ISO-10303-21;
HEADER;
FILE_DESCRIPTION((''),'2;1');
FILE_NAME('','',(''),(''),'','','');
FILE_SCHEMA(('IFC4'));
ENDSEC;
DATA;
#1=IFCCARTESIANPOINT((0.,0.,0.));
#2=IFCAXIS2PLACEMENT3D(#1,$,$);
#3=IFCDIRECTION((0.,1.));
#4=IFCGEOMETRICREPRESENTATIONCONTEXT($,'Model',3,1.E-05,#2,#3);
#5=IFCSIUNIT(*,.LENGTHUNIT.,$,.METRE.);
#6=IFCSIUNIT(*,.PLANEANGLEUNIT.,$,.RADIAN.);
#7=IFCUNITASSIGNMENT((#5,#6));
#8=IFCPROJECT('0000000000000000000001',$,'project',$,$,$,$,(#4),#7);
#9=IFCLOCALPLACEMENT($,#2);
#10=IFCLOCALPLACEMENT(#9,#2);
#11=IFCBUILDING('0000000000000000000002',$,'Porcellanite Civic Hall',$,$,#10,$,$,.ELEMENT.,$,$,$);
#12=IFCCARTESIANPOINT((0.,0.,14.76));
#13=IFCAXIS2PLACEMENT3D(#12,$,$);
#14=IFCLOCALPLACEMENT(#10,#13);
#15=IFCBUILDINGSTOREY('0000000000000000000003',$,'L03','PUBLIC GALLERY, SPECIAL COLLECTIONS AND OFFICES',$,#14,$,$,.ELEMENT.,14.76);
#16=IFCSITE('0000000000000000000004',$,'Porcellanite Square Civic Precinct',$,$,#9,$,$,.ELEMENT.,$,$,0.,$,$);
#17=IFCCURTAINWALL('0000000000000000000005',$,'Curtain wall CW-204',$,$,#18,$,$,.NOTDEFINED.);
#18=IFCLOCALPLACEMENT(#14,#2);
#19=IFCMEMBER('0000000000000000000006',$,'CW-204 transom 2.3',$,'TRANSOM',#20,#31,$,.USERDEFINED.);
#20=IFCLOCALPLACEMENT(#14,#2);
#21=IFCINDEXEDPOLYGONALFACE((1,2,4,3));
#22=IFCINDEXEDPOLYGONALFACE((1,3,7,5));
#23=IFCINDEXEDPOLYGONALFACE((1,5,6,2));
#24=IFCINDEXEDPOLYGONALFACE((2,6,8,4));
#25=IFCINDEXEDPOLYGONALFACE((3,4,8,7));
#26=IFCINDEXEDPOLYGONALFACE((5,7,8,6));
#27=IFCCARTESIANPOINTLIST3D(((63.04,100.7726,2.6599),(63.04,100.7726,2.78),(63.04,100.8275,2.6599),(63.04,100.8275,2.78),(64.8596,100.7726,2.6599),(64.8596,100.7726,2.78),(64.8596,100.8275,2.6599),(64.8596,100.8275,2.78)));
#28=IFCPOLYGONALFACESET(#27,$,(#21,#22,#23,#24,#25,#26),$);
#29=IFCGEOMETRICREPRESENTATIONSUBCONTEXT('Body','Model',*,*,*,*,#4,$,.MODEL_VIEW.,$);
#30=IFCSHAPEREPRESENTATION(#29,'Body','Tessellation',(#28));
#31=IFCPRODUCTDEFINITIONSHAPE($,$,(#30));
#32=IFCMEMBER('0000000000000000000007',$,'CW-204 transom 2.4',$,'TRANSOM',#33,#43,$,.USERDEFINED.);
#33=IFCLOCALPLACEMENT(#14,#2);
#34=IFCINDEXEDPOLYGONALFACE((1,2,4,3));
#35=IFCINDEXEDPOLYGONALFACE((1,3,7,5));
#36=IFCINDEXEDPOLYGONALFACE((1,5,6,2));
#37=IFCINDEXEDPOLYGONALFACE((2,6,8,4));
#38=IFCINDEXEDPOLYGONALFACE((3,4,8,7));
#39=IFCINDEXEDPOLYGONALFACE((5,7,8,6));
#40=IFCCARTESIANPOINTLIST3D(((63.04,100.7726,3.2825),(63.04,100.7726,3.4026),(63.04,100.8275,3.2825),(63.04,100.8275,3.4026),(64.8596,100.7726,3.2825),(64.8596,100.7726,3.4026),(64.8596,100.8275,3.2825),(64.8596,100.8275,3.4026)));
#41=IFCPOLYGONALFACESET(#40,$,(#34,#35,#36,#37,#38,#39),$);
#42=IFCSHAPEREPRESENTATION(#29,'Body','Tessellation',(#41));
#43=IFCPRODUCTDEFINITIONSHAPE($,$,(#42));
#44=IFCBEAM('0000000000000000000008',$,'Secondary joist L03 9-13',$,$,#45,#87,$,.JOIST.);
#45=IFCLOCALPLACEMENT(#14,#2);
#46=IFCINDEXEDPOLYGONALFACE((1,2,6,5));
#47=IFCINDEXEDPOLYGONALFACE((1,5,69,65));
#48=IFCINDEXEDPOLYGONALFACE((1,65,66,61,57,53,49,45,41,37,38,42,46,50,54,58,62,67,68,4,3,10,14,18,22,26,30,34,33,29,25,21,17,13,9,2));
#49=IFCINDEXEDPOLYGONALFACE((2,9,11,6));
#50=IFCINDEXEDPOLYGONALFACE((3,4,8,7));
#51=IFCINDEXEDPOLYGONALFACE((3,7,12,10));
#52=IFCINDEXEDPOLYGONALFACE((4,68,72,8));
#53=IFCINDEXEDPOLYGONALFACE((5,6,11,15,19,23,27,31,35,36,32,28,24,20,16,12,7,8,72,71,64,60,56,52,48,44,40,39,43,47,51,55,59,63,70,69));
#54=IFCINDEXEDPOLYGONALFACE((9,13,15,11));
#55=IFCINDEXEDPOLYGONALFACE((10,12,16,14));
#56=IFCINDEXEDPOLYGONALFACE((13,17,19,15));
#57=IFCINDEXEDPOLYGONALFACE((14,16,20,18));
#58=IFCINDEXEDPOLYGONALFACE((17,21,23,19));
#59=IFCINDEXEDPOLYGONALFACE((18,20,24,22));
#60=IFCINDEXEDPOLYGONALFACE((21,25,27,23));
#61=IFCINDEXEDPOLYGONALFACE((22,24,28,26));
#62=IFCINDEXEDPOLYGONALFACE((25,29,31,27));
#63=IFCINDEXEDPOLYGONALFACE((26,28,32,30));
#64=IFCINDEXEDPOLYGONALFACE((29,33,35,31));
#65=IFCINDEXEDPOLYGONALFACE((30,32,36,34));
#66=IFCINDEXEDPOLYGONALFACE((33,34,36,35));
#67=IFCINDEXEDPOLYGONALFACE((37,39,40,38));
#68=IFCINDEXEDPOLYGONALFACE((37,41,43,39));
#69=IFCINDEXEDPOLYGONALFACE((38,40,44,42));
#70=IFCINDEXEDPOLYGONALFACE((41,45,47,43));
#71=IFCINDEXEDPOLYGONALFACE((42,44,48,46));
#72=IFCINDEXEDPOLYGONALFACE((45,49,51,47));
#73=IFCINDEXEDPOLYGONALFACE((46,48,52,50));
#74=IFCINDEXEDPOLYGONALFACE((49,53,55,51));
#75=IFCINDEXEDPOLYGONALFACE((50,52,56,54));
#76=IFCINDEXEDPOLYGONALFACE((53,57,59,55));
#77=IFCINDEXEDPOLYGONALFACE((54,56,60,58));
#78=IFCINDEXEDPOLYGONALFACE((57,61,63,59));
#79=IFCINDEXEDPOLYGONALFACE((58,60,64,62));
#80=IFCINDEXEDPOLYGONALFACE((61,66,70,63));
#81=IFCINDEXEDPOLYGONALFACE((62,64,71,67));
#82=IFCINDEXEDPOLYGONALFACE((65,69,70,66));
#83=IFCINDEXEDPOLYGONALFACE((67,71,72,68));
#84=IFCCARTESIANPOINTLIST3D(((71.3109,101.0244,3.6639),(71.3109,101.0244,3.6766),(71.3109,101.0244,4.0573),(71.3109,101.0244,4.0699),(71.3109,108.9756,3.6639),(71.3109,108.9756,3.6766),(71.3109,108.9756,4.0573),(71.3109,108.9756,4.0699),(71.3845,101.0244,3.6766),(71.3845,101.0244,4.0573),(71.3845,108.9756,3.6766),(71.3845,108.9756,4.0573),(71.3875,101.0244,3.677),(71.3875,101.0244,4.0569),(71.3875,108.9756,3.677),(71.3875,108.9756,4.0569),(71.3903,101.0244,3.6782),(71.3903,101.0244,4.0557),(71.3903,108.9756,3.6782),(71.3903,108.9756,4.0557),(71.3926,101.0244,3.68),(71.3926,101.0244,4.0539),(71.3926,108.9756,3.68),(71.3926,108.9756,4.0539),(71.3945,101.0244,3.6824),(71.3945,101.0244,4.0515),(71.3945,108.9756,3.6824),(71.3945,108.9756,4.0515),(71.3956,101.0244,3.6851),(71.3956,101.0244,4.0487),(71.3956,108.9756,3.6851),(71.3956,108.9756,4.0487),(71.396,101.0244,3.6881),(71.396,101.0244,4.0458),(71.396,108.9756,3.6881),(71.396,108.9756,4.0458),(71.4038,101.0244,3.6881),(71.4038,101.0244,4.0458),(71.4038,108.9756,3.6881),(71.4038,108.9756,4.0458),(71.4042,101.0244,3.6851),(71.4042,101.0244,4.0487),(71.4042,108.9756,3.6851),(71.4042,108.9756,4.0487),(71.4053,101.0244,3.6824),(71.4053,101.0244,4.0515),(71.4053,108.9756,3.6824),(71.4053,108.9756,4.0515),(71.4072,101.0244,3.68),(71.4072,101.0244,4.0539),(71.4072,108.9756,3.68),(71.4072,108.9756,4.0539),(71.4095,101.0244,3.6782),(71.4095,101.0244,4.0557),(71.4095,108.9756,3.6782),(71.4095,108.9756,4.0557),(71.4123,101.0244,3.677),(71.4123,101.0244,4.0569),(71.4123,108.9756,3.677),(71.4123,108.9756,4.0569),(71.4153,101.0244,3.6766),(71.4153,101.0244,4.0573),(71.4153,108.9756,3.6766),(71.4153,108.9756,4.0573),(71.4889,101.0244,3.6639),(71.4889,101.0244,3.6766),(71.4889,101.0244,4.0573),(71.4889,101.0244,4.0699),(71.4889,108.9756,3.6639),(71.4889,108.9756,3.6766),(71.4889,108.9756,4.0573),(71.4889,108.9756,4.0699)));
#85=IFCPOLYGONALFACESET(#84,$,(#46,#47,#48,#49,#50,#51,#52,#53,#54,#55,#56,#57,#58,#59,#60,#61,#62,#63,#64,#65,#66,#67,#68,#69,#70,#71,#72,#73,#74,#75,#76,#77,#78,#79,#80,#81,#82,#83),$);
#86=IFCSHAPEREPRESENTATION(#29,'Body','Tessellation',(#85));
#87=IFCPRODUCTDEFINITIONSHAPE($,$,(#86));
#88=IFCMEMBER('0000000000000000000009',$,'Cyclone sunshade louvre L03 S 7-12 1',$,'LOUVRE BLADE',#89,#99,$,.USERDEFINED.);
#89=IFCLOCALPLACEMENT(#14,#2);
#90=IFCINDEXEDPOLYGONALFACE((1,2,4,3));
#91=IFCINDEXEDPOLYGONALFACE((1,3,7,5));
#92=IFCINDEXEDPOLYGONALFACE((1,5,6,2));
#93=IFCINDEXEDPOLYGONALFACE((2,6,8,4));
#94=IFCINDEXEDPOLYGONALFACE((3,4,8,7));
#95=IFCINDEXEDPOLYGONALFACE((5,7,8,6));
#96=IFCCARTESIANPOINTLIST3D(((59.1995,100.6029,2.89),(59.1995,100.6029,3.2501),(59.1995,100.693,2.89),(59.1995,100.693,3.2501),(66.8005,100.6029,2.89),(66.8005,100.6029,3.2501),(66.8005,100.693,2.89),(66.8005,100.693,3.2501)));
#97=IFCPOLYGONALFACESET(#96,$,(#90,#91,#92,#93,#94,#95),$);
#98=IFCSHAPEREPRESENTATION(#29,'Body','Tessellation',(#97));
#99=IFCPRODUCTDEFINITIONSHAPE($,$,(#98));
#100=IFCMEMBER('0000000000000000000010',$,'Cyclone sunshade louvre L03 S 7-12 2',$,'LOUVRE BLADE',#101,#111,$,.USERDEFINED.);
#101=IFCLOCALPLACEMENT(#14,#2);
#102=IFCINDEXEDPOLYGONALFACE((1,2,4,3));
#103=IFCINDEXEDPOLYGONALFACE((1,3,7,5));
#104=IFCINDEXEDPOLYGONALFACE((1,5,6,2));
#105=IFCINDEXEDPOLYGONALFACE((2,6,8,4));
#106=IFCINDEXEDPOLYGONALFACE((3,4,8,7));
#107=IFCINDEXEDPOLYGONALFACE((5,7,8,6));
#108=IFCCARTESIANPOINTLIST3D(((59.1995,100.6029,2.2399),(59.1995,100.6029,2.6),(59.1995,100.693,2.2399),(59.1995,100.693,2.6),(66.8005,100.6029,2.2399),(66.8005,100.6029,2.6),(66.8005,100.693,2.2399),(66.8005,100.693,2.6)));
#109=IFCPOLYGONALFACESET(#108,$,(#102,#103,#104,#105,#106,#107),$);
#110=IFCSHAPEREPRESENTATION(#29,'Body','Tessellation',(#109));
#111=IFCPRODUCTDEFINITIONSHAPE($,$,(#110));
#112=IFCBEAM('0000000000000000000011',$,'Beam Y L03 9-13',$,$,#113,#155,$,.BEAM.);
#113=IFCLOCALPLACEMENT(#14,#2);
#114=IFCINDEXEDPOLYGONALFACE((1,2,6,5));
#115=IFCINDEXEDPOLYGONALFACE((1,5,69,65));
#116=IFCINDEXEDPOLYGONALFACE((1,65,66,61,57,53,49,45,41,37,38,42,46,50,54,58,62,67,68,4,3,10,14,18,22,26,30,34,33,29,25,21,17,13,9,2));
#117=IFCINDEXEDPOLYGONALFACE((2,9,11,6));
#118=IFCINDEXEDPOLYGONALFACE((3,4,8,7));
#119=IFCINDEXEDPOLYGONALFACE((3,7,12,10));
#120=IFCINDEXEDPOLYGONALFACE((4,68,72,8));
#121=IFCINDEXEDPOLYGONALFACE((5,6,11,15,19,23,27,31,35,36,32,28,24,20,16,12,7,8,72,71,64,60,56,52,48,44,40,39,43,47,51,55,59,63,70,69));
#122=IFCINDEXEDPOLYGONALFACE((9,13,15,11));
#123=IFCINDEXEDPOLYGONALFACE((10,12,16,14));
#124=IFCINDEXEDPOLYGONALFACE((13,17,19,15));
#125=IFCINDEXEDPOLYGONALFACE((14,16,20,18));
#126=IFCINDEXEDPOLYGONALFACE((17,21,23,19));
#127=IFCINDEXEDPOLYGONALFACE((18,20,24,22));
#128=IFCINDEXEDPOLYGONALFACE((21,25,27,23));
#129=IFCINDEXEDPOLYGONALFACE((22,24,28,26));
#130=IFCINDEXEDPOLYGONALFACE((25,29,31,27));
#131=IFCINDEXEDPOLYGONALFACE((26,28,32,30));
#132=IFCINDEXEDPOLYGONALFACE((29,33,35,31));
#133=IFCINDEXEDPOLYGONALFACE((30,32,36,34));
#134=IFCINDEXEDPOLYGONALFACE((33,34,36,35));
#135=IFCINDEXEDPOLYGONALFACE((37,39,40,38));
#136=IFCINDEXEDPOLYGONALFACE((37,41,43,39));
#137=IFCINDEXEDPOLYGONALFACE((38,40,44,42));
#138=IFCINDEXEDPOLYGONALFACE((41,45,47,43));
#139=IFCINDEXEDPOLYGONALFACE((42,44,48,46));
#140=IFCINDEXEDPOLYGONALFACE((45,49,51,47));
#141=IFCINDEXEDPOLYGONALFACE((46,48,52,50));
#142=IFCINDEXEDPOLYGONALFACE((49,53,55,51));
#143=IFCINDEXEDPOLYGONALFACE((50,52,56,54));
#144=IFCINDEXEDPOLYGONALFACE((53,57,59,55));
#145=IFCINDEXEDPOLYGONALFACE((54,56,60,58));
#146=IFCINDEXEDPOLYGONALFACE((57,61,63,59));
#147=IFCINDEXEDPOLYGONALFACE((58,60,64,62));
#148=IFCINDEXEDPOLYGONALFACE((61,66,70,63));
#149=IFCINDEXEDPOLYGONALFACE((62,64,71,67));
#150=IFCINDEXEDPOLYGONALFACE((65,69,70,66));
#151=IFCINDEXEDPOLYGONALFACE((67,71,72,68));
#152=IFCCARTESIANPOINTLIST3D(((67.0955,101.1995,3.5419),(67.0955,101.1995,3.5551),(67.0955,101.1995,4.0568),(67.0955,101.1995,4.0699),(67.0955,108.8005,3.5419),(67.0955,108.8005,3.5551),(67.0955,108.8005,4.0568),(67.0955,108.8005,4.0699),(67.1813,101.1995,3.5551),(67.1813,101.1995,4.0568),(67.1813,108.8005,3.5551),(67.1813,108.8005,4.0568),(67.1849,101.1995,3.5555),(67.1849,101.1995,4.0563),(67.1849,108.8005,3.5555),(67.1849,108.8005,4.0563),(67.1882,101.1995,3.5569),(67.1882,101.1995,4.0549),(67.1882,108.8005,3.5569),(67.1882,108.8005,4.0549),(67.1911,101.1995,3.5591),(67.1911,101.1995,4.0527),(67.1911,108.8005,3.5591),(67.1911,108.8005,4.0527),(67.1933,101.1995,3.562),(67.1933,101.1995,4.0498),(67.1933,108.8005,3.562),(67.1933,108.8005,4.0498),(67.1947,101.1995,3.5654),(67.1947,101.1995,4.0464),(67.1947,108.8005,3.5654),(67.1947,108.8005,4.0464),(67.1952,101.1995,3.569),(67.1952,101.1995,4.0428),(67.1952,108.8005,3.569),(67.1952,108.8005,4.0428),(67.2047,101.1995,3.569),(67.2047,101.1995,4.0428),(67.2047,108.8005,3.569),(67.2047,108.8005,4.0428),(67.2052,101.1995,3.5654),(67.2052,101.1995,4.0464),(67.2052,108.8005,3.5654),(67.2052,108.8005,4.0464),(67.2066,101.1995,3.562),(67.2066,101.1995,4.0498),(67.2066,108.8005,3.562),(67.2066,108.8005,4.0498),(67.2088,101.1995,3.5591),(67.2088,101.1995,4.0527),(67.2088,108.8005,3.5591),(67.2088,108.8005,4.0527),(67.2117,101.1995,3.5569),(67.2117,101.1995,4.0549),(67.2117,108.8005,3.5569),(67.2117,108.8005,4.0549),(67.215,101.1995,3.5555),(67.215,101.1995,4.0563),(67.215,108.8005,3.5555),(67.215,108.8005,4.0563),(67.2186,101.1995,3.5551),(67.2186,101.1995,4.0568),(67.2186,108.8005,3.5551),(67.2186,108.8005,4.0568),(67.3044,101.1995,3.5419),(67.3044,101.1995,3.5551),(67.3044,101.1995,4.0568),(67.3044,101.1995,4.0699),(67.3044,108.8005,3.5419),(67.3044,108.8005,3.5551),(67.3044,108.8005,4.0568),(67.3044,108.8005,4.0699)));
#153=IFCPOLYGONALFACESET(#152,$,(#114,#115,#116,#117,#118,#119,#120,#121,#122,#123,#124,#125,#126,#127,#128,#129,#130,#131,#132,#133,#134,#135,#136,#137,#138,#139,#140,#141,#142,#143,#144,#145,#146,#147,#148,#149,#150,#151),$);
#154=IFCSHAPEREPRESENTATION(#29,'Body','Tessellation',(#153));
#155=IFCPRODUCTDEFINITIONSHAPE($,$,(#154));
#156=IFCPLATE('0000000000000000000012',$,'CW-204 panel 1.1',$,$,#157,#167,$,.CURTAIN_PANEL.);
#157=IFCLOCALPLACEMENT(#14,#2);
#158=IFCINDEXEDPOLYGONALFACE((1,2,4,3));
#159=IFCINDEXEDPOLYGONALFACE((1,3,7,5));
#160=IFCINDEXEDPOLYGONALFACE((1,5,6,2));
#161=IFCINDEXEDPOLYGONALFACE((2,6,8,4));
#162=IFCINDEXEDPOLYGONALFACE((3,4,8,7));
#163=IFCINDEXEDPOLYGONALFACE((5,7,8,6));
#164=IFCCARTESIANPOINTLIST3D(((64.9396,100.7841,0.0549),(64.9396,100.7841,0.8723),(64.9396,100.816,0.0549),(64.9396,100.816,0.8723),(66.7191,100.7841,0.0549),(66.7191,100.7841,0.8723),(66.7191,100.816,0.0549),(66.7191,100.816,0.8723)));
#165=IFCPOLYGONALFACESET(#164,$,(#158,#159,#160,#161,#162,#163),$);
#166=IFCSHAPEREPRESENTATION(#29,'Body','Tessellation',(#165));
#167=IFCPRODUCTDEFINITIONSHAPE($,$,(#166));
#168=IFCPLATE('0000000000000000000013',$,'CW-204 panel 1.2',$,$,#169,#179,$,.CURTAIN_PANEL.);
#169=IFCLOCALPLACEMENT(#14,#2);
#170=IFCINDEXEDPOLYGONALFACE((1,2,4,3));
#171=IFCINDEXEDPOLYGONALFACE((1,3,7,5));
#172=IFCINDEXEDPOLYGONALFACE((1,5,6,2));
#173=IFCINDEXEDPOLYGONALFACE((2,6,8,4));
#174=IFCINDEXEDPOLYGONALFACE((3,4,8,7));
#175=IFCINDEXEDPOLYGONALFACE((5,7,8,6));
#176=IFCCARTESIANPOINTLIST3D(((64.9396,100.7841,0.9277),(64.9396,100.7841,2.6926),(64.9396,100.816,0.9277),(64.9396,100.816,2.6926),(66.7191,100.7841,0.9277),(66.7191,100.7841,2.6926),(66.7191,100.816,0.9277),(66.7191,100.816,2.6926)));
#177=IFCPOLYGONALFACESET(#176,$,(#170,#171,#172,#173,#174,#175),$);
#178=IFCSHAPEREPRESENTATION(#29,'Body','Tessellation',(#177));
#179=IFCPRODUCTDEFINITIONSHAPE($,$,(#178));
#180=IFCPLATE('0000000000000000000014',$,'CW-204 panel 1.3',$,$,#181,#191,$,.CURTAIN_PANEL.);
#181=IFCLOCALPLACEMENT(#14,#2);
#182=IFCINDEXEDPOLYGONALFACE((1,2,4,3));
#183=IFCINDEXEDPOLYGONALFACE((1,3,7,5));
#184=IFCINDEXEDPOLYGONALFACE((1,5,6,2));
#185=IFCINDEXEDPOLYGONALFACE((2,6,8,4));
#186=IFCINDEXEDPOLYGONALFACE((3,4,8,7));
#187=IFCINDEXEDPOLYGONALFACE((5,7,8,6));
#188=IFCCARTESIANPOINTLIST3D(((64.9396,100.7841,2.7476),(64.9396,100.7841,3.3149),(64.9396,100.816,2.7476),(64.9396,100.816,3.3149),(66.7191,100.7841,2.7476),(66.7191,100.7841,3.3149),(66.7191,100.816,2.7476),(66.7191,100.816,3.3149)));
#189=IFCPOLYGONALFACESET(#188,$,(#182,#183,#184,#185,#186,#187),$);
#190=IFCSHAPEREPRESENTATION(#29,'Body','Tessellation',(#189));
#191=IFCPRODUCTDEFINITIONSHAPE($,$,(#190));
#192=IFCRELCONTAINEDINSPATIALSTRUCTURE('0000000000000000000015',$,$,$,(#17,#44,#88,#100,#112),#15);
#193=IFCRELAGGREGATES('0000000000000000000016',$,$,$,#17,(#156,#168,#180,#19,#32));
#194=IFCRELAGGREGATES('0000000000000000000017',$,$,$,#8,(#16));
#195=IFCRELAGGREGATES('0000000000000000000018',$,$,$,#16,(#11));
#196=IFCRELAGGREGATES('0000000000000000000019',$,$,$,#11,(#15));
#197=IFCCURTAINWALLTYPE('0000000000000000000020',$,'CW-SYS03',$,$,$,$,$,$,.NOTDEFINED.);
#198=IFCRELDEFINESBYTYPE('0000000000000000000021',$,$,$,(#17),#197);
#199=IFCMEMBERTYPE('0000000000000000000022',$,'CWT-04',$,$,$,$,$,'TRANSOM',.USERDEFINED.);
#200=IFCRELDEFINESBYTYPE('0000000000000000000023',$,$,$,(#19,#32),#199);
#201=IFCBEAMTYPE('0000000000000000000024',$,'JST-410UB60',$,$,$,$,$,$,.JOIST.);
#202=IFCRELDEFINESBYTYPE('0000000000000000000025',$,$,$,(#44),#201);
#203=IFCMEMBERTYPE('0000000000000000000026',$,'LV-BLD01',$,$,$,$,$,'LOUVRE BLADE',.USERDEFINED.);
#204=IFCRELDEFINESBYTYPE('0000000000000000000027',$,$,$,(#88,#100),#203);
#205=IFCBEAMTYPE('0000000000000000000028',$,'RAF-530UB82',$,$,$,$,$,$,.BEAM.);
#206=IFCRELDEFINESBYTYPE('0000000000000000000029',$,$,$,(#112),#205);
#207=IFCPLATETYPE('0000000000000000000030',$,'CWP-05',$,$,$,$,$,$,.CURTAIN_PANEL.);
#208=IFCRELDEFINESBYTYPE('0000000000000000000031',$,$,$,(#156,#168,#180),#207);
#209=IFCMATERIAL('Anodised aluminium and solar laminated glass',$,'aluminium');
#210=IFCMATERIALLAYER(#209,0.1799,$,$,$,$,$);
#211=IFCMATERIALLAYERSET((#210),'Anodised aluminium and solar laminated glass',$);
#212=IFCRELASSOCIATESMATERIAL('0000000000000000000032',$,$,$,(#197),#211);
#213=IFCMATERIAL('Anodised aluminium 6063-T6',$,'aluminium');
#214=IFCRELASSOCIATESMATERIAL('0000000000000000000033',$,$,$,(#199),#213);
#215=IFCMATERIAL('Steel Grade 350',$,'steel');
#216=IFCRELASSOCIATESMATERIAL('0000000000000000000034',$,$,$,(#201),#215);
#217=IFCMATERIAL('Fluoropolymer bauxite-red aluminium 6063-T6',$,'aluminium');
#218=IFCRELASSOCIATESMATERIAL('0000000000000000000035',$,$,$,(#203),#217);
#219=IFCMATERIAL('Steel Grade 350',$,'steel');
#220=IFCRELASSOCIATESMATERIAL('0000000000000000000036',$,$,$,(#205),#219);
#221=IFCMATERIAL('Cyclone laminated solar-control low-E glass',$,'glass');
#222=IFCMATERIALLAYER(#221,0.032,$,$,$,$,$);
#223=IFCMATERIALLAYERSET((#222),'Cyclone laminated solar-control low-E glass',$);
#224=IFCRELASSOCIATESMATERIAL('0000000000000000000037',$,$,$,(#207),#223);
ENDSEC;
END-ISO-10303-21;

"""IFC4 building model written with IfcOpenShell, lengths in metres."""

from ifc_helpers import new_model, si_unit, direction, frame, origin, origin_2d, place, context, subcontext, project, spatial, rectangle, i_section, extrude, material, layer, layer_set, material_profile, profile_set, type_object, element, aggregate, save


model = new_model("IFC4")

# Units and contexts
model_context = context("Model", 3, precision=1e-05, world=origin(), true_north=direction((0.0, 1.0)))
body_context = subcontext(model_context, "Body", "Model", "MODEL_VIEW")
ifc_project = project(units=[si_unit("LENGTHUNIT", "METRE"), si_unit("PLANEANGLEUNIT", "RADIAN")], contexts=[model_context])

# Site, building, storey
site_placement = place(None, origin())
site = spatial("IfcSite", under=ifc_project, at=site_placement, Name="Porcellanite Square Civic Precinct", CompositionType="ELEMENT", RefElevation=0.0)
building_placement = place(site_placement, origin())
building = spatial("IfcBuilding", under=site, at=building_placement, Name="Porcellanite Civic Hall", CompositionType="ELEMENT")
storey_placement = place(building_placement, frame((0.0, 0.0, 14.76)))
storey = spatial("IfcBuildingStorey", under=building, at=storey_placement, Name="L03", Description="PUBLIC GALLERY, SPECIAL COLLECTIONS AND OFFICES", CompositionType="ELEMENT", Elevation=14.76)

# Curtain wall, members
ifc_material_1 = material(Name="Anodised aluminium and solar laminated glass", Category="aluminium")
ifc_layer_1 = layer(ifc_material_1, 0.1799)
ifc_layer_set_1 = layer_set([ifc_layer_1], Name="Anodised aluminium and solar laminated glass")
curtain_wall_type = type_object("IfcCurtainWallType", Name="CW-SYS03", PredefinedType="NOTDEFINED", material=ifc_layer_set_1)
curtain_wall_placement = place(storey_placement, origin())
curtain_wall = element("IfcCurtainWall", 1, at=curtain_wall_placement, inside=storey, type_object=curtain_wall_type, Name="Curtain wall CW-204", PredefinedType="NOTDEFINED")
ifc_material_2 = material(Name="Anodised aluminium 6063-T6", Category="aluminium")
ifc_material_profile_1 = material_profile(ifc_material_2, rectangle(XDim=0.0549, YDim=0.1201, at=origin_2d()), Name="AL-55x120")
ifc_profile_set_1 = profile_set([ifc_material_profile_1], Name="Anodised aluminium 6063-T6")
member_type_1 = type_object("IfcMemberType", Name="CWT-04", ElementType="TRANSOM", PredefinedType="USERDEFINED", material=ifc_profile_set_1)
member_1_placement = place(storey_placement, frame((64.8596, 100.8, 2.72), z_axis=(-1.0, 0.0, 0.0), x_axis=(0.0, -1.0, 0.0)))
member_1 = element("IfcMember", 2, at=member_1_placement, type_object=member_type_1, Name="CW-204 transom 2.3", ObjectType="TRANSOM", PredefinedType="USERDEFINED", context=body_context, shape_type="SweptSolid", body=[
    extrude(rectangle(XDim=0.0549, YDim=0.1201, at=origin_2d()), origin(), (0.0, 0.0, 1.0), 1.8196),
])
member_2_placement = place(storey_placement, frame((64.8596, 100.8, 3.3425), z_axis=(-1.0, 0.0, 0.0), x_axis=(0.0, -1.0, 0.0)))
member_2 = element("IfcMember", 3, at=member_2_placement, type_object=member_type_1, Name="CW-204 transom 2.4", ObjectType="TRANSOM", PredefinedType="USERDEFINED", context=body_context, shape_type="SweptSolid", body=[
    extrude(rectangle(XDim=0.0549, YDim=0.1201, at=origin_2d()), origin(), (0.0, 0.0, 1.0), 1.8196),
])

# Beam
ifc_material_3 = material(Name="Steel Grade 350", Category="steel")
ifc_material_profile_2 = material_profile(ifc_material_3, i_section(OverallWidth=0.178, OverallDepth=0.406, WebThickness=0.0078, FlangeThickness=0.0127, FilletRadius=0.0115, at=origin_2d()), Name="410UB59.7")
ifc_profile_set_2 = profile_set([ifc_material_profile_2], Name="Steel Grade 350")
beam_type_1 = type_object("IfcBeamType", Name="JST-410UB60", PredefinedType="JOIST", material=ifc_profile_set_2)
beam_1_placement = place(storey_placement, frame((71.3999, 101.0244, 3.8669), z_axis=(0.0, 1.0, 0.0), x_axis=(-1.0, 0.0, 0.0)))
element("IfcBeam", 4, at=beam_1_placement, inside=storey, type_object=beam_type_1, Name="Secondary joist L03 9-13", PredefinedType="JOIST", context=body_context, shape_type="SweptSolid", body=[
    extrude(i_section(OverallWidth=0.178, OverallDepth=0.406, WebThickness=0.0078, FlangeThickness=0.0127, FilletRadius=0.0115, at=origin_2d()), origin(), (0.0, 0.0, 1.0), 7.9512),
])

# Members
ifc_material_4 = material(Name="Fluoropolymer bauxite-red aluminium 6063-T6", Category="aluminium")
ifc_material_profile_3 = material_profile(ifc_material_4, rectangle(XDim=0.0901, YDim=0.3601, at=origin_2d()), Name="AL-90x360")
ifc_profile_set_3 = profile_set([ifc_material_profile_3], Name="Fluoropolymer bauxite-red aluminium 6063-T6")
member_type_2 = type_object("IfcMemberType", Name="LV-BLD01", ElementType="LOUVRE BLADE", PredefinedType="USERDEFINED", material=ifc_profile_set_3)
for number, where, z_axis, x_axis, name in (
    (5, (66.8005, 100.6479, 3.0701), (-1.0, 0.0, 0.0), (0.0, -1.0, 0.0), "Cyclone sunshade louvre L03 S 7-12 1"),
    (6, (66.8005, 100.6479, 2.4199), (-1.0, 0.0, 0.0), (0.0, -1.0, 0.0), "Cyclone sunshade louvre L03 S 7-12 2"),
):
    element("IfcMember", number, at=place(storey_placement, frame(where, z_axis=z_axis, x_axis=x_axis)), inside=storey, type_object=member_type_2, Name=name, ObjectType="LOUVRE BLADE", PredefinedType="USERDEFINED", context=body_context, shape_type="SweptSolid", body=[
        extrude(rectangle(XDim=0.0901, YDim=0.3601, at=origin_2d()), origin(), (0.0, 0.0, 1.0), 7.6011),
    ])

# Beam
ifc_material_5 = material(Name="Steel Grade 350", Category="steel")
ifc_material_profile_4 = material_profile(ifc_material_5, i_section(OverallWidth=0.209, OverallDepth=0.5281, WebThickness=0.0095, FlangeThickness=0.0132, FilletRadius=0.0139, at=origin_2d()), Name="530UB82.0")
ifc_profile_set_4 = profile_set([ifc_material_profile_4], Name="Steel Grade 350")
beam_type_2 = type_object("IfcBeamType", Name="RAF-530UB82", PredefinedType="BEAM", material=ifc_profile_set_4)
beam_2_placement = place(storey_placement, frame((67.2, 101.1995, 3.8059), z_axis=(0.0, 1.0, 0.0), x_axis=(-1.0, 0.0, 0.0)))
element("IfcBeam", 7, at=beam_2_placement, inside=storey, type_object=beam_type_2, Name="Beam Y L03 9-13", PredefinedType="BEAM", context=body_context, shape_type="SweptSolid", body=[
    extrude(i_section(OverallWidth=0.209, OverallDepth=0.5281, WebThickness=0.0095, FlangeThickness=0.0132, FilletRadius=0.0139, at=origin_2d()), origin(), (0.0, 0.0, 1.0), 7.6011),
])

# Plates
ifc_material_6 = material(Name="Cyclone laminated solar-control low-E glass", Category="glass")
ifc_layer_2 = layer(ifc_material_6, 0.032)
ifc_layer_set_2 = layer_set([ifc_layer_2], Name="Cyclone laminated solar-control low-E glass")
plate_type = type_object("IfcPlateType", Name="CWP-05", PredefinedType="CURTAIN_PANEL", material=ifc_layer_set_2)
plate_1_placement = place(storey_placement, frame((65.8293, 100.8, 0.0549), z_axis=(0.0, 0.0, 1.0), x_axis=(-1.0, 0.0, 0.0)))
plate_1 = element("IfcPlate", 8, at=plate_1_placement, type_object=plate_type, Name="CW-204 panel 1.1", PredefinedType="CURTAIN_PANEL", context=body_context, shape_type="SweptSolid", body=[
    extrude(rectangle(XDim=1.7795, YDim=0.032, at=origin_2d()), origin(), (0.0, 0.0, 1.0), 0.8174),
])
plate_2_placement = place(storey_placement, frame((65.8293, 100.8, 0.9277), z_axis=(0.0, 0.0, 1.0), x_axis=(-1.0, 0.0, 0.0)))
plate_2 = element("IfcPlate", 9, at=plate_2_placement, type_object=plate_type, Name="CW-204 panel 1.2", PredefinedType="CURTAIN_PANEL", context=body_context, shape_type="SweptSolid", body=[
    extrude(rectangle(XDim=1.7795, YDim=0.032, at=origin_2d()), origin(), (0.0, 0.0, 1.0), 1.7649),
])
plate_3_placement = place(storey_placement, frame((65.8293, 100.8, 2.7476), z_axis=(0.0, 0.0, 1.0), x_axis=(-1.0, 0.0, 0.0)))
plate_3 = element("IfcPlate", 10, at=plate_3_placement, type_object=plate_type, Name="CW-204 panel 1.3", PredefinedType="CURTAIN_PANEL", context=body_context, shape_type="SweptSolid", body=[
    extrude(rectangle(XDim=1.7795, YDim=0.032, at=origin_2d()), origin(), (0.0, 0.0, 1.0), 0.5674),
])
aggregate(curtain_wall, [plate_1, plate_2, plate_3, member_1, member_2])

save(model, "model.ifc")
